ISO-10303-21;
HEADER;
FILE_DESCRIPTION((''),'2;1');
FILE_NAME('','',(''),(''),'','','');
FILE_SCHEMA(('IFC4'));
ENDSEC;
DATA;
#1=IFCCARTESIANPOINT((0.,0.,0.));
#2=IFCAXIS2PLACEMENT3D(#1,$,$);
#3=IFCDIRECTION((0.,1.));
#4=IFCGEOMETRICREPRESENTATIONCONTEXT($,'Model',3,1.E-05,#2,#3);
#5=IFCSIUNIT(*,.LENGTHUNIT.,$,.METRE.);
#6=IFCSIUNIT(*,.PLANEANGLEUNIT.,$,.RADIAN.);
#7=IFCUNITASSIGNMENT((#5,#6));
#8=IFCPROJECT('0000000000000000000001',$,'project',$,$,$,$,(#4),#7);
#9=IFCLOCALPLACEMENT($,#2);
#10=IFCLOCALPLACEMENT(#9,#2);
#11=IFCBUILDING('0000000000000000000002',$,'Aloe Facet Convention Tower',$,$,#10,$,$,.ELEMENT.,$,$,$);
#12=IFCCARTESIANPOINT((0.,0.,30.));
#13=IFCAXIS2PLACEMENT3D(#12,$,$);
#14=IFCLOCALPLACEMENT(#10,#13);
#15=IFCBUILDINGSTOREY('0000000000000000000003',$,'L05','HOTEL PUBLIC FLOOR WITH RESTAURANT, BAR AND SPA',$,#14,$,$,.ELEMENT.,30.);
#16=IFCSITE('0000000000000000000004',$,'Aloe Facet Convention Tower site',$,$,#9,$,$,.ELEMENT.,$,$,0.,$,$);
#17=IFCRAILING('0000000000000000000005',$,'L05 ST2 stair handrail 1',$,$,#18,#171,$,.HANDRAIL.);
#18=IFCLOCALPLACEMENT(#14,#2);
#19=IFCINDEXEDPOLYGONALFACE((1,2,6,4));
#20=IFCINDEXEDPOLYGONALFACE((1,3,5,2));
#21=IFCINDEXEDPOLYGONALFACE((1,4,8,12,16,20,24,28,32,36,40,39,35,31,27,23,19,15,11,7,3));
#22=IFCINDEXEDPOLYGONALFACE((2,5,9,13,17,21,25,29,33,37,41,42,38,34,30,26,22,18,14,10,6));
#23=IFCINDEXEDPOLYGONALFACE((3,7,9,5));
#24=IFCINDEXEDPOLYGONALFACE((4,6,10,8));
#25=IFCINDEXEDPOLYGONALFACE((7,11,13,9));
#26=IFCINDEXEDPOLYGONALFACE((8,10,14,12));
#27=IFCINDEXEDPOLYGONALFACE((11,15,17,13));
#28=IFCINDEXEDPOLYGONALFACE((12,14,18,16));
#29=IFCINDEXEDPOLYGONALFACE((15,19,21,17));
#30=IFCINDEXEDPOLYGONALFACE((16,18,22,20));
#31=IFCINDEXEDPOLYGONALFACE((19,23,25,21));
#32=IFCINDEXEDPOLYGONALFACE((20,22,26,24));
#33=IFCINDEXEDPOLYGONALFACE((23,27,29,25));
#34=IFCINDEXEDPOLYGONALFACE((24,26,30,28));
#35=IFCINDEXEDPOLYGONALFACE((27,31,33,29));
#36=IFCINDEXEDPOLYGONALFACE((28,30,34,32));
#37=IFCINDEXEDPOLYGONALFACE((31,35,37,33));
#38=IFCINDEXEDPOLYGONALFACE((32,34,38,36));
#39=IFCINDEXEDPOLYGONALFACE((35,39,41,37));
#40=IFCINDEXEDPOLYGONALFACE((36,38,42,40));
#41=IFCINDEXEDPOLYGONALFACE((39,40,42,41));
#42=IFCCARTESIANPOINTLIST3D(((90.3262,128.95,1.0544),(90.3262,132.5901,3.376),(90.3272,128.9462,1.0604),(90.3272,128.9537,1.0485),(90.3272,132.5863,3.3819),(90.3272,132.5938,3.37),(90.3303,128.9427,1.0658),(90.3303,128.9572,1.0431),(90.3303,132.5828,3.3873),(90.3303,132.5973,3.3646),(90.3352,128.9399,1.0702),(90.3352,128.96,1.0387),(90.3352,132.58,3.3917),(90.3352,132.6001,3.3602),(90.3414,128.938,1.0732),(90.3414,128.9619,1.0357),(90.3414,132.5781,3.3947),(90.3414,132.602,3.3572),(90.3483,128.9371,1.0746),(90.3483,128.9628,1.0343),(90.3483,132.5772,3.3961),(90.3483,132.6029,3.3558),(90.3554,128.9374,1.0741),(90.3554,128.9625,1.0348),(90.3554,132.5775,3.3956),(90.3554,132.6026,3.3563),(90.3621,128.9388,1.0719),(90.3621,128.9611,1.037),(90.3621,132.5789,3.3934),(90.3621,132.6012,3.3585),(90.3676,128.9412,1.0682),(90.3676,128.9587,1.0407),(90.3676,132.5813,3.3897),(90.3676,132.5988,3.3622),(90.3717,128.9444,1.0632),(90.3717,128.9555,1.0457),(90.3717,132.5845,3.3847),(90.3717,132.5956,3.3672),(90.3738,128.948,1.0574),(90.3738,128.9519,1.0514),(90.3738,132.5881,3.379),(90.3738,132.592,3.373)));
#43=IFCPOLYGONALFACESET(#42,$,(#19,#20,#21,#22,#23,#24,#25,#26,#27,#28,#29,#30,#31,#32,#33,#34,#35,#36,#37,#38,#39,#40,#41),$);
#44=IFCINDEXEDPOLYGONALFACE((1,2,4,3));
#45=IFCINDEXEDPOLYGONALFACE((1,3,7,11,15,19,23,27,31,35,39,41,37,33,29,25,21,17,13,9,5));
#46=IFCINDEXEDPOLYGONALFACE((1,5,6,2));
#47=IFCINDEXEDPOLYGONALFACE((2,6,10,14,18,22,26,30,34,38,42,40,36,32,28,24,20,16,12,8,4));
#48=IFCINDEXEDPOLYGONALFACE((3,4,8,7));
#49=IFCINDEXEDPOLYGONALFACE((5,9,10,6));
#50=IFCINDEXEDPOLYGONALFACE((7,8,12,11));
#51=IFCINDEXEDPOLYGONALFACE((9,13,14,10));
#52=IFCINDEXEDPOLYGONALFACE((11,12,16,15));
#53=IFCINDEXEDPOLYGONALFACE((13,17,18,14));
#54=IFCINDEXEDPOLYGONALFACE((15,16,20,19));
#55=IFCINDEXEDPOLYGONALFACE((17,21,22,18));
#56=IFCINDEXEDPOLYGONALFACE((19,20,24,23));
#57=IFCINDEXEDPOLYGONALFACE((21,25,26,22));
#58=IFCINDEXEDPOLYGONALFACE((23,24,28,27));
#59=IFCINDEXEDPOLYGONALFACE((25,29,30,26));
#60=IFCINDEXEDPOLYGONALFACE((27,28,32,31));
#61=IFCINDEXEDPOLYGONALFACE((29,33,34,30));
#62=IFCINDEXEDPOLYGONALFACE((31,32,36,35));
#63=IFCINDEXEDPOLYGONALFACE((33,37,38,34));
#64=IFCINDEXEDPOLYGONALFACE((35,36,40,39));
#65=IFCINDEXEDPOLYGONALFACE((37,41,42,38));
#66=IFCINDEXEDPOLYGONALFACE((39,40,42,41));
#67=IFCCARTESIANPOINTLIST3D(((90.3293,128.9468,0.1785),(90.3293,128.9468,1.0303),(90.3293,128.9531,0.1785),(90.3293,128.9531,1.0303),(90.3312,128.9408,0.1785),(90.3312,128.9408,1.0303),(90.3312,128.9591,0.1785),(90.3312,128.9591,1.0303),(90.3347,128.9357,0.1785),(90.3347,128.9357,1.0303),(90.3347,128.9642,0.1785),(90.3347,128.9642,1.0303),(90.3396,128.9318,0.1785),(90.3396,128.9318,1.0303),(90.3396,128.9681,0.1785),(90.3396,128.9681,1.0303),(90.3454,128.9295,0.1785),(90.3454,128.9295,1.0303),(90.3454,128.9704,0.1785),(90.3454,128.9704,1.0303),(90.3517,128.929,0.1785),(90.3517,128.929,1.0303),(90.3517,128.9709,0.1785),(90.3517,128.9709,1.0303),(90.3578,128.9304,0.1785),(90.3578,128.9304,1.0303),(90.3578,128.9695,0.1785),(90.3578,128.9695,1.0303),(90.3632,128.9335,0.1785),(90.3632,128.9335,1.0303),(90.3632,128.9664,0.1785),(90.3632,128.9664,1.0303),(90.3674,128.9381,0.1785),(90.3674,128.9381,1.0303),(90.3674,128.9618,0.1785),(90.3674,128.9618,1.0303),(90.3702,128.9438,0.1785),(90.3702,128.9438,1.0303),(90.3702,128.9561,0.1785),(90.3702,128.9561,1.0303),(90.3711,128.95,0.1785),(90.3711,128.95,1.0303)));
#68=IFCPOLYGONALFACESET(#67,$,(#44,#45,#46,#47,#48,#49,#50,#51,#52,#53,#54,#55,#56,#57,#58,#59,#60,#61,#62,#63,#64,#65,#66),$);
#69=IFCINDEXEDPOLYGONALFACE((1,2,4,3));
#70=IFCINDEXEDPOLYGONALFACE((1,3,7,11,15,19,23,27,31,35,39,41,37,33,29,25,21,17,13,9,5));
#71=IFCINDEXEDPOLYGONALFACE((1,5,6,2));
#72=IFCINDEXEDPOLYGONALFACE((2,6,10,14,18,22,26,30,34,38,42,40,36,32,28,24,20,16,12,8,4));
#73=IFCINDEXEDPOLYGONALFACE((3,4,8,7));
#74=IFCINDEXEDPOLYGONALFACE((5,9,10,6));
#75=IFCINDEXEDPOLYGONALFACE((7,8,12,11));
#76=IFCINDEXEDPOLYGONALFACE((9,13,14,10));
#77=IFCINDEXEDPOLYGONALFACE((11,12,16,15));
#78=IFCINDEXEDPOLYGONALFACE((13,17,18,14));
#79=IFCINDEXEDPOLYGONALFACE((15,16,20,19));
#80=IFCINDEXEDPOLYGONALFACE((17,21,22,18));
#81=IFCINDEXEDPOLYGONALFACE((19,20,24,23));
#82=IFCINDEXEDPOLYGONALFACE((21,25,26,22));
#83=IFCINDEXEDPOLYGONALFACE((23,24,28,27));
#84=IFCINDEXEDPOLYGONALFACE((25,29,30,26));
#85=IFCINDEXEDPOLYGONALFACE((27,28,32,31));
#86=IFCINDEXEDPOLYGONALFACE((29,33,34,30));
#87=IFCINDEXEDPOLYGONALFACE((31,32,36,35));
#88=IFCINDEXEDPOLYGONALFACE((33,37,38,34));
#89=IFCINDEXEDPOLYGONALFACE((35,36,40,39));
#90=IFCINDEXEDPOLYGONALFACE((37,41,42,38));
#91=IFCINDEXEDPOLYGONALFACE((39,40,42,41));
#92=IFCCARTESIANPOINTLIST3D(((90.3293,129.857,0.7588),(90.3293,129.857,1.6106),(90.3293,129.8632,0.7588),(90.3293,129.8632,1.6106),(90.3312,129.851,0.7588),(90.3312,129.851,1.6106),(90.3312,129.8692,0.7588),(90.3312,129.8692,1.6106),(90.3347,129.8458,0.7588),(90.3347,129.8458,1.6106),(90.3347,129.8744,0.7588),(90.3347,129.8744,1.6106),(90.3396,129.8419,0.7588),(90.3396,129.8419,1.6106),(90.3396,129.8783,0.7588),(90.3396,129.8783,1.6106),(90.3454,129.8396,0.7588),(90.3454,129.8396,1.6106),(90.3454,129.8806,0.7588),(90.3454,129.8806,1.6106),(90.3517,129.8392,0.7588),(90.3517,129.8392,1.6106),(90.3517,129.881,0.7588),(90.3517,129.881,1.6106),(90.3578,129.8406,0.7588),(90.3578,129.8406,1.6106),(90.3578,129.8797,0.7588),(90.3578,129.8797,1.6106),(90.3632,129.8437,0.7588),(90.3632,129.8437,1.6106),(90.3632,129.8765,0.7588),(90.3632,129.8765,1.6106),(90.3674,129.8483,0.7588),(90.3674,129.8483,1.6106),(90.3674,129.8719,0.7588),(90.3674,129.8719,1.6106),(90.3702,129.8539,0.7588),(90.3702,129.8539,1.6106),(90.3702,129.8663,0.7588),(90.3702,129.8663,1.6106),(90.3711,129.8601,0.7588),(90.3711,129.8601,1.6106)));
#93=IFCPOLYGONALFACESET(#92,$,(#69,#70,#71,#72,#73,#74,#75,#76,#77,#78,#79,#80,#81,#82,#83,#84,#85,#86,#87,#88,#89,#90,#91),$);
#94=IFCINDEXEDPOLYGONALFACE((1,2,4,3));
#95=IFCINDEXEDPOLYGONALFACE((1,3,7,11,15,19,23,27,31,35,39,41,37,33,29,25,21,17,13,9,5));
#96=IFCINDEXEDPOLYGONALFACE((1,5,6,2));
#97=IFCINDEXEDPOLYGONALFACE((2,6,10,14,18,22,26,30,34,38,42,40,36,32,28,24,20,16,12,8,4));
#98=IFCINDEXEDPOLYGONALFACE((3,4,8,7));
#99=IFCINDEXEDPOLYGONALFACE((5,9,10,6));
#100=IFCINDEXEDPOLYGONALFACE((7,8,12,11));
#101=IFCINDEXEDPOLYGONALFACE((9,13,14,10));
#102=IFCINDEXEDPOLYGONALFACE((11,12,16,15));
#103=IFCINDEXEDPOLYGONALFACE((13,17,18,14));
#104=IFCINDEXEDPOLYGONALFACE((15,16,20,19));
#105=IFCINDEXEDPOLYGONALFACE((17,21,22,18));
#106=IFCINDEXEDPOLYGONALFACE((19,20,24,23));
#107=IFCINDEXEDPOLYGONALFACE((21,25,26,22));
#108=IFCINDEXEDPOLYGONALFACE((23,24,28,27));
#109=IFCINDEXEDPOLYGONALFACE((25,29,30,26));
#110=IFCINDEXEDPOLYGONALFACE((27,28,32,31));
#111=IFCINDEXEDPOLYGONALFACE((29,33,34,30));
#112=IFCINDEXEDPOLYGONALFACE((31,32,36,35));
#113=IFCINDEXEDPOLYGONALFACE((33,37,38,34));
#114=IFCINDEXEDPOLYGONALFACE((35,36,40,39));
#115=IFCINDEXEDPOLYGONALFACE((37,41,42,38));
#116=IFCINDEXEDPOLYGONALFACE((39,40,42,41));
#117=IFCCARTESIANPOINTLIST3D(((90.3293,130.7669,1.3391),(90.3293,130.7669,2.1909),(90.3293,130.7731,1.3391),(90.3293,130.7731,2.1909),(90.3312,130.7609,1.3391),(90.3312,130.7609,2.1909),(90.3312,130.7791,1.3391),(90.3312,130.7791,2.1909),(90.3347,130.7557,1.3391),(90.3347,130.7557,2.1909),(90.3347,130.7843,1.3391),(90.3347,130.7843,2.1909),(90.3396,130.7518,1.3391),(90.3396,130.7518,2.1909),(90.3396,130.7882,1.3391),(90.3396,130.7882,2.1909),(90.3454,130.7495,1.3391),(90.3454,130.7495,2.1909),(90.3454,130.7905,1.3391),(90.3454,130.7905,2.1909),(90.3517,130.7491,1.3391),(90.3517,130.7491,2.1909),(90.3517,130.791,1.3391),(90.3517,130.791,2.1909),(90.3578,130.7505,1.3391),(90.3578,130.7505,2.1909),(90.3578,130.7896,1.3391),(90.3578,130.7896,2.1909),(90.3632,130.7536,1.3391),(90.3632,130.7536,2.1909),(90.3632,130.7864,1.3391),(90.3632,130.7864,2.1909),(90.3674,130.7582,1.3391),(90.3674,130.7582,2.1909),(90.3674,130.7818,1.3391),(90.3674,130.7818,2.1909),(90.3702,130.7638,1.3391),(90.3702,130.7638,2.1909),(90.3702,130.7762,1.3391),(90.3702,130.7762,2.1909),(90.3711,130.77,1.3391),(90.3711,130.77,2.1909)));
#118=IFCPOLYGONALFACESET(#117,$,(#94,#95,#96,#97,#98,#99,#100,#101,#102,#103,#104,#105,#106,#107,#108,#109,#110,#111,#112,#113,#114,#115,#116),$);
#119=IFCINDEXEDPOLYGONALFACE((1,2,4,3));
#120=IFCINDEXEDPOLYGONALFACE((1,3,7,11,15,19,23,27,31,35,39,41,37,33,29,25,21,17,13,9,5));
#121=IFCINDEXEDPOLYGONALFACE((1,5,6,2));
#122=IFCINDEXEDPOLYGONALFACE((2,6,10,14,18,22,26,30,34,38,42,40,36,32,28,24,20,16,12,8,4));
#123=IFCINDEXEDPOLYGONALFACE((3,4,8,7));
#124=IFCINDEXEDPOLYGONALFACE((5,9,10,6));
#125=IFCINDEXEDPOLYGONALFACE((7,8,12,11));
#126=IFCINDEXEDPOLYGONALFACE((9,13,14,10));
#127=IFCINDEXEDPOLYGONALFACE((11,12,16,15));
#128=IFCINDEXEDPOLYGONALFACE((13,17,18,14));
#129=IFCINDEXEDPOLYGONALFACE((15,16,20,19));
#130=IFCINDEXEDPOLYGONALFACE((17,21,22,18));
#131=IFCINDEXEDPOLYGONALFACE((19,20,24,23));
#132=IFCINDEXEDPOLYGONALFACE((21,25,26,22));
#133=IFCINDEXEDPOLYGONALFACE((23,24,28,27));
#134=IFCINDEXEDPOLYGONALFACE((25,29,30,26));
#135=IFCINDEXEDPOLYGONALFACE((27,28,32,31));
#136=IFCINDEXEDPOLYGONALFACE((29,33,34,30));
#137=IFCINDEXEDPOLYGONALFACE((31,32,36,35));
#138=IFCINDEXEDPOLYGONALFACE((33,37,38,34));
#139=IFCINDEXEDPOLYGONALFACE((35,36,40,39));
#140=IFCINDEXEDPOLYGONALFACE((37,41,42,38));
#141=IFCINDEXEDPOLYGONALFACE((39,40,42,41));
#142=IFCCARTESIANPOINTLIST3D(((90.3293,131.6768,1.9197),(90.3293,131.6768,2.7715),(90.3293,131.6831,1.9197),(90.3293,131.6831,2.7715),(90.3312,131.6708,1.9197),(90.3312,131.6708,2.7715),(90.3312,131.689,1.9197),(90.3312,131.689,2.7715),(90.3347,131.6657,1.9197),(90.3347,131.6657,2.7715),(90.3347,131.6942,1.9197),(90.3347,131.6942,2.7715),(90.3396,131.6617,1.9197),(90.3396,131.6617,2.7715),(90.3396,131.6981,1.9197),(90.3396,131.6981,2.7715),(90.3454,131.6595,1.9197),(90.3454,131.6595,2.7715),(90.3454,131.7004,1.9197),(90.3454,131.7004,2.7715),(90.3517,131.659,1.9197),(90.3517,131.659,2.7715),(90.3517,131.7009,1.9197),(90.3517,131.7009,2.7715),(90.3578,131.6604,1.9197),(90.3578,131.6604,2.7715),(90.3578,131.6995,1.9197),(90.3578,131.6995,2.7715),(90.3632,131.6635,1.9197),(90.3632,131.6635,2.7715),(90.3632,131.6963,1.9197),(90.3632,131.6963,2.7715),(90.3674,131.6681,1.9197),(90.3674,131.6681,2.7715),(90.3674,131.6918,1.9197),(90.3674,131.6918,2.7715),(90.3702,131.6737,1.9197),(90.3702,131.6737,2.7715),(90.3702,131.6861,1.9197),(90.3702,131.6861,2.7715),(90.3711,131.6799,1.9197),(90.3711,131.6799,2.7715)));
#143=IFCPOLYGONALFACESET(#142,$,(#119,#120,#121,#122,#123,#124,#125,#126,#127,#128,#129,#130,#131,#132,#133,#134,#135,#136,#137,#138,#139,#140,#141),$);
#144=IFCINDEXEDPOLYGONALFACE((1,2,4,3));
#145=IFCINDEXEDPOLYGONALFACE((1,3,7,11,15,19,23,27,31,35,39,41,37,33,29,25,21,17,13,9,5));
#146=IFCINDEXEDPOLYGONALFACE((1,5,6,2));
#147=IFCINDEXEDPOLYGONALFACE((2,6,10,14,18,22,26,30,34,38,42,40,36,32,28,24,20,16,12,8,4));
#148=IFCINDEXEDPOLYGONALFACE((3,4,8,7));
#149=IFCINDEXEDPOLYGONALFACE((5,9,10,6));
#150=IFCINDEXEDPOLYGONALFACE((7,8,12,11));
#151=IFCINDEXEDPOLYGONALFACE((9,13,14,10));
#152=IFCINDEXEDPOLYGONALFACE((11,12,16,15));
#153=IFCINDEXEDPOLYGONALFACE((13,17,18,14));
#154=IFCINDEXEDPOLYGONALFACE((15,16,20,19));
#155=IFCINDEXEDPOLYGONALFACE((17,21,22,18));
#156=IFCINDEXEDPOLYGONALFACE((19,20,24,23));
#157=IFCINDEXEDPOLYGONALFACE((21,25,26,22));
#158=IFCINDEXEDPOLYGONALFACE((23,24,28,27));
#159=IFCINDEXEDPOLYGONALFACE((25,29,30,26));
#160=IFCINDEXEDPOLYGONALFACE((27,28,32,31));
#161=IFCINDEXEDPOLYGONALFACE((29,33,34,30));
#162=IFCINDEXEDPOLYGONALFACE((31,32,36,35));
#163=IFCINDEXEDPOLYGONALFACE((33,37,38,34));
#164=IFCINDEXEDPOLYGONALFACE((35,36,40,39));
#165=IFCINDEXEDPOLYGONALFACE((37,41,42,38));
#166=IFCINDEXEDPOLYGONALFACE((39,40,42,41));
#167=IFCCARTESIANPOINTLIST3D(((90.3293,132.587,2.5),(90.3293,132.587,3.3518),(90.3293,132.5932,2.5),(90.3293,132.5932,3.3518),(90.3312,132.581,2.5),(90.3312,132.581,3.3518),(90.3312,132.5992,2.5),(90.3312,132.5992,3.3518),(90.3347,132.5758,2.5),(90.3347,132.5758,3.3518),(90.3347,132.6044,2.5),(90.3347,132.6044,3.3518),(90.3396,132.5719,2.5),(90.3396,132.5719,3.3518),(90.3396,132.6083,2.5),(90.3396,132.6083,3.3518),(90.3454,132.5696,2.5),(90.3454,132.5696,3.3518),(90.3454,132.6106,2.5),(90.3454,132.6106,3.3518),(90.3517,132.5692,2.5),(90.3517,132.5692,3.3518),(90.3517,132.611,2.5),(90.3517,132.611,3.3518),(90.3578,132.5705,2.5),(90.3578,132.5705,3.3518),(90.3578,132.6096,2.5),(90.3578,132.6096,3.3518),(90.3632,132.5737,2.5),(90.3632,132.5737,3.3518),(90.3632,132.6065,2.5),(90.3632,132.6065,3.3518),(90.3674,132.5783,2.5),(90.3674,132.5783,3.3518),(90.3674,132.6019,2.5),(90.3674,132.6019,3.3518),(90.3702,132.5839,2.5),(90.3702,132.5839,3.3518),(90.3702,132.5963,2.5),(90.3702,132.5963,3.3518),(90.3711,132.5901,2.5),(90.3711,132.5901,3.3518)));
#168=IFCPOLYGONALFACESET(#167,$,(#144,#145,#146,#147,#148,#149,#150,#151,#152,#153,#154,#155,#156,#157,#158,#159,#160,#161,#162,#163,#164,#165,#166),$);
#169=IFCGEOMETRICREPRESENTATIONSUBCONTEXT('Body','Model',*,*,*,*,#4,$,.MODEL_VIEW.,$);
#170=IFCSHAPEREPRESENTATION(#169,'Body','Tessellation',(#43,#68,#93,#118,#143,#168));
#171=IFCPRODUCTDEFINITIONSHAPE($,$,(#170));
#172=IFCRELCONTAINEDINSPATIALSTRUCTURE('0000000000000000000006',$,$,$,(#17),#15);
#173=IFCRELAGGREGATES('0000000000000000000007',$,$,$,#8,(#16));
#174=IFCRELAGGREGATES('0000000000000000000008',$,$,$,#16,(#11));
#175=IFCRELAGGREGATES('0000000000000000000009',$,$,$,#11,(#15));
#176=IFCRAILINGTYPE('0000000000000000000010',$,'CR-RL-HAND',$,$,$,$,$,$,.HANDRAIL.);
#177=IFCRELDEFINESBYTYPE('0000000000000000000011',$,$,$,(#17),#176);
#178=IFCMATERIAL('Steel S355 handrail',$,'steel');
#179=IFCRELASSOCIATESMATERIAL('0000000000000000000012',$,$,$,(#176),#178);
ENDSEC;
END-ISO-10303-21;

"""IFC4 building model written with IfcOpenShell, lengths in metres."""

from ifc_helpers import new_model, si_unit, direction, frame, origin, origin_2d, place, context, subcontext, project, spatial, circle, extrude, material, type_object, element, save


model = new_model("IFC4")

# Units and contexts
model_context = context("Model", 3, precision=1e-05, world=origin(), true_north=direction((0.0, 1.0)))
body_context = subcontext(model_context, "Body", "Model", "MODEL_VIEW")
ifc_project = project(units=[si_unit("LENGTHUNIT", "METRE"), si_unit("PLANEANGLEUNIT", "RADIAN")], contexts=[model_context])

# Site, building, storey
site_placement = place(None, origin())
site = spatial("IfcSite", under=ifc_project, at=site_placement, Name="Aloe Facet Convention Tower site", CompositionType="ELEMENT", RefElevation=0.0)
building_placement = place(site_placement, origin())
building = spatial("IfcBuilding", under=site, at=building_placement, Name="Aloe Facet Convention Tower", CompositionType="ELEMENT")
storey_placement = place(building_placement, frame((0.0, 0.0, 30.0)))
storey = spatial("IfcBuildingStorey", under=building, at=storey_placement, Name="L05", Description="HOTEL PUBLIC FLOOR WITH RESTAURANT, BAR AND SPA", CompositionType="ELEMENT", Elevation=30.0)

# Railing
ifc_material_1 = material(Name="Steel S355 handrail", Category="steel")
railing_type_1 = type_object("IfcRailingType", Name="CR-RL-HAND", PredefinedType="HANDRAIL", material=ifc_material_1)
railing_1_placement = place(storey_placement, frame((90.3501, 128.95, 0.1785)))
element("IfcRailing", 1, at=railing_1_placement, inside=storey, type_object=railing_type_1, Name="L05 ST2 stair handrail 1", PredefinedType="HANDRAIL", context=body_context, shape_type="SweptSolid", body=[
    extrude(circle(Radius=0.0239, at=origin_2d()), frame((0.0, 0.0, 0.876), z_axis=(0.0, 0.843128, 0.537713), x_axis=(-1.0, 0.0, 0.0)), (0.0, 0.0, 1.0), 4.3174),
    extrude(circle(Radius=0.021, at=origin_2d()), origin(), (0.0, 0.0, 1.0), 0.8518),
    extrude(circle(Radius=0.021, at=origin_2d()), frame((0.0, 0.9102, 0.5803)), (0.0, 0.0, 1.0), 0.8518),
    extrude(circle(Radius=0.021, at=origin_2d()), frame((0.0, 1.8201, 1.1606)), (0.0, 0.0, 1.0), 0.8518),
    extrude(circle(Radius=0.021, at=origin_2d()), frame((0.0, 2.73, 1.7412)), (0.0, 0.0, 1.0), 0.8518),
    extrude(circle(Radius=0.021, at=origin_2d()), frame((0.0, 3.6401, 2.3215)), (0.0, 0.0, 1.0), 0.8518),
])

save(model, "model.ifc")
